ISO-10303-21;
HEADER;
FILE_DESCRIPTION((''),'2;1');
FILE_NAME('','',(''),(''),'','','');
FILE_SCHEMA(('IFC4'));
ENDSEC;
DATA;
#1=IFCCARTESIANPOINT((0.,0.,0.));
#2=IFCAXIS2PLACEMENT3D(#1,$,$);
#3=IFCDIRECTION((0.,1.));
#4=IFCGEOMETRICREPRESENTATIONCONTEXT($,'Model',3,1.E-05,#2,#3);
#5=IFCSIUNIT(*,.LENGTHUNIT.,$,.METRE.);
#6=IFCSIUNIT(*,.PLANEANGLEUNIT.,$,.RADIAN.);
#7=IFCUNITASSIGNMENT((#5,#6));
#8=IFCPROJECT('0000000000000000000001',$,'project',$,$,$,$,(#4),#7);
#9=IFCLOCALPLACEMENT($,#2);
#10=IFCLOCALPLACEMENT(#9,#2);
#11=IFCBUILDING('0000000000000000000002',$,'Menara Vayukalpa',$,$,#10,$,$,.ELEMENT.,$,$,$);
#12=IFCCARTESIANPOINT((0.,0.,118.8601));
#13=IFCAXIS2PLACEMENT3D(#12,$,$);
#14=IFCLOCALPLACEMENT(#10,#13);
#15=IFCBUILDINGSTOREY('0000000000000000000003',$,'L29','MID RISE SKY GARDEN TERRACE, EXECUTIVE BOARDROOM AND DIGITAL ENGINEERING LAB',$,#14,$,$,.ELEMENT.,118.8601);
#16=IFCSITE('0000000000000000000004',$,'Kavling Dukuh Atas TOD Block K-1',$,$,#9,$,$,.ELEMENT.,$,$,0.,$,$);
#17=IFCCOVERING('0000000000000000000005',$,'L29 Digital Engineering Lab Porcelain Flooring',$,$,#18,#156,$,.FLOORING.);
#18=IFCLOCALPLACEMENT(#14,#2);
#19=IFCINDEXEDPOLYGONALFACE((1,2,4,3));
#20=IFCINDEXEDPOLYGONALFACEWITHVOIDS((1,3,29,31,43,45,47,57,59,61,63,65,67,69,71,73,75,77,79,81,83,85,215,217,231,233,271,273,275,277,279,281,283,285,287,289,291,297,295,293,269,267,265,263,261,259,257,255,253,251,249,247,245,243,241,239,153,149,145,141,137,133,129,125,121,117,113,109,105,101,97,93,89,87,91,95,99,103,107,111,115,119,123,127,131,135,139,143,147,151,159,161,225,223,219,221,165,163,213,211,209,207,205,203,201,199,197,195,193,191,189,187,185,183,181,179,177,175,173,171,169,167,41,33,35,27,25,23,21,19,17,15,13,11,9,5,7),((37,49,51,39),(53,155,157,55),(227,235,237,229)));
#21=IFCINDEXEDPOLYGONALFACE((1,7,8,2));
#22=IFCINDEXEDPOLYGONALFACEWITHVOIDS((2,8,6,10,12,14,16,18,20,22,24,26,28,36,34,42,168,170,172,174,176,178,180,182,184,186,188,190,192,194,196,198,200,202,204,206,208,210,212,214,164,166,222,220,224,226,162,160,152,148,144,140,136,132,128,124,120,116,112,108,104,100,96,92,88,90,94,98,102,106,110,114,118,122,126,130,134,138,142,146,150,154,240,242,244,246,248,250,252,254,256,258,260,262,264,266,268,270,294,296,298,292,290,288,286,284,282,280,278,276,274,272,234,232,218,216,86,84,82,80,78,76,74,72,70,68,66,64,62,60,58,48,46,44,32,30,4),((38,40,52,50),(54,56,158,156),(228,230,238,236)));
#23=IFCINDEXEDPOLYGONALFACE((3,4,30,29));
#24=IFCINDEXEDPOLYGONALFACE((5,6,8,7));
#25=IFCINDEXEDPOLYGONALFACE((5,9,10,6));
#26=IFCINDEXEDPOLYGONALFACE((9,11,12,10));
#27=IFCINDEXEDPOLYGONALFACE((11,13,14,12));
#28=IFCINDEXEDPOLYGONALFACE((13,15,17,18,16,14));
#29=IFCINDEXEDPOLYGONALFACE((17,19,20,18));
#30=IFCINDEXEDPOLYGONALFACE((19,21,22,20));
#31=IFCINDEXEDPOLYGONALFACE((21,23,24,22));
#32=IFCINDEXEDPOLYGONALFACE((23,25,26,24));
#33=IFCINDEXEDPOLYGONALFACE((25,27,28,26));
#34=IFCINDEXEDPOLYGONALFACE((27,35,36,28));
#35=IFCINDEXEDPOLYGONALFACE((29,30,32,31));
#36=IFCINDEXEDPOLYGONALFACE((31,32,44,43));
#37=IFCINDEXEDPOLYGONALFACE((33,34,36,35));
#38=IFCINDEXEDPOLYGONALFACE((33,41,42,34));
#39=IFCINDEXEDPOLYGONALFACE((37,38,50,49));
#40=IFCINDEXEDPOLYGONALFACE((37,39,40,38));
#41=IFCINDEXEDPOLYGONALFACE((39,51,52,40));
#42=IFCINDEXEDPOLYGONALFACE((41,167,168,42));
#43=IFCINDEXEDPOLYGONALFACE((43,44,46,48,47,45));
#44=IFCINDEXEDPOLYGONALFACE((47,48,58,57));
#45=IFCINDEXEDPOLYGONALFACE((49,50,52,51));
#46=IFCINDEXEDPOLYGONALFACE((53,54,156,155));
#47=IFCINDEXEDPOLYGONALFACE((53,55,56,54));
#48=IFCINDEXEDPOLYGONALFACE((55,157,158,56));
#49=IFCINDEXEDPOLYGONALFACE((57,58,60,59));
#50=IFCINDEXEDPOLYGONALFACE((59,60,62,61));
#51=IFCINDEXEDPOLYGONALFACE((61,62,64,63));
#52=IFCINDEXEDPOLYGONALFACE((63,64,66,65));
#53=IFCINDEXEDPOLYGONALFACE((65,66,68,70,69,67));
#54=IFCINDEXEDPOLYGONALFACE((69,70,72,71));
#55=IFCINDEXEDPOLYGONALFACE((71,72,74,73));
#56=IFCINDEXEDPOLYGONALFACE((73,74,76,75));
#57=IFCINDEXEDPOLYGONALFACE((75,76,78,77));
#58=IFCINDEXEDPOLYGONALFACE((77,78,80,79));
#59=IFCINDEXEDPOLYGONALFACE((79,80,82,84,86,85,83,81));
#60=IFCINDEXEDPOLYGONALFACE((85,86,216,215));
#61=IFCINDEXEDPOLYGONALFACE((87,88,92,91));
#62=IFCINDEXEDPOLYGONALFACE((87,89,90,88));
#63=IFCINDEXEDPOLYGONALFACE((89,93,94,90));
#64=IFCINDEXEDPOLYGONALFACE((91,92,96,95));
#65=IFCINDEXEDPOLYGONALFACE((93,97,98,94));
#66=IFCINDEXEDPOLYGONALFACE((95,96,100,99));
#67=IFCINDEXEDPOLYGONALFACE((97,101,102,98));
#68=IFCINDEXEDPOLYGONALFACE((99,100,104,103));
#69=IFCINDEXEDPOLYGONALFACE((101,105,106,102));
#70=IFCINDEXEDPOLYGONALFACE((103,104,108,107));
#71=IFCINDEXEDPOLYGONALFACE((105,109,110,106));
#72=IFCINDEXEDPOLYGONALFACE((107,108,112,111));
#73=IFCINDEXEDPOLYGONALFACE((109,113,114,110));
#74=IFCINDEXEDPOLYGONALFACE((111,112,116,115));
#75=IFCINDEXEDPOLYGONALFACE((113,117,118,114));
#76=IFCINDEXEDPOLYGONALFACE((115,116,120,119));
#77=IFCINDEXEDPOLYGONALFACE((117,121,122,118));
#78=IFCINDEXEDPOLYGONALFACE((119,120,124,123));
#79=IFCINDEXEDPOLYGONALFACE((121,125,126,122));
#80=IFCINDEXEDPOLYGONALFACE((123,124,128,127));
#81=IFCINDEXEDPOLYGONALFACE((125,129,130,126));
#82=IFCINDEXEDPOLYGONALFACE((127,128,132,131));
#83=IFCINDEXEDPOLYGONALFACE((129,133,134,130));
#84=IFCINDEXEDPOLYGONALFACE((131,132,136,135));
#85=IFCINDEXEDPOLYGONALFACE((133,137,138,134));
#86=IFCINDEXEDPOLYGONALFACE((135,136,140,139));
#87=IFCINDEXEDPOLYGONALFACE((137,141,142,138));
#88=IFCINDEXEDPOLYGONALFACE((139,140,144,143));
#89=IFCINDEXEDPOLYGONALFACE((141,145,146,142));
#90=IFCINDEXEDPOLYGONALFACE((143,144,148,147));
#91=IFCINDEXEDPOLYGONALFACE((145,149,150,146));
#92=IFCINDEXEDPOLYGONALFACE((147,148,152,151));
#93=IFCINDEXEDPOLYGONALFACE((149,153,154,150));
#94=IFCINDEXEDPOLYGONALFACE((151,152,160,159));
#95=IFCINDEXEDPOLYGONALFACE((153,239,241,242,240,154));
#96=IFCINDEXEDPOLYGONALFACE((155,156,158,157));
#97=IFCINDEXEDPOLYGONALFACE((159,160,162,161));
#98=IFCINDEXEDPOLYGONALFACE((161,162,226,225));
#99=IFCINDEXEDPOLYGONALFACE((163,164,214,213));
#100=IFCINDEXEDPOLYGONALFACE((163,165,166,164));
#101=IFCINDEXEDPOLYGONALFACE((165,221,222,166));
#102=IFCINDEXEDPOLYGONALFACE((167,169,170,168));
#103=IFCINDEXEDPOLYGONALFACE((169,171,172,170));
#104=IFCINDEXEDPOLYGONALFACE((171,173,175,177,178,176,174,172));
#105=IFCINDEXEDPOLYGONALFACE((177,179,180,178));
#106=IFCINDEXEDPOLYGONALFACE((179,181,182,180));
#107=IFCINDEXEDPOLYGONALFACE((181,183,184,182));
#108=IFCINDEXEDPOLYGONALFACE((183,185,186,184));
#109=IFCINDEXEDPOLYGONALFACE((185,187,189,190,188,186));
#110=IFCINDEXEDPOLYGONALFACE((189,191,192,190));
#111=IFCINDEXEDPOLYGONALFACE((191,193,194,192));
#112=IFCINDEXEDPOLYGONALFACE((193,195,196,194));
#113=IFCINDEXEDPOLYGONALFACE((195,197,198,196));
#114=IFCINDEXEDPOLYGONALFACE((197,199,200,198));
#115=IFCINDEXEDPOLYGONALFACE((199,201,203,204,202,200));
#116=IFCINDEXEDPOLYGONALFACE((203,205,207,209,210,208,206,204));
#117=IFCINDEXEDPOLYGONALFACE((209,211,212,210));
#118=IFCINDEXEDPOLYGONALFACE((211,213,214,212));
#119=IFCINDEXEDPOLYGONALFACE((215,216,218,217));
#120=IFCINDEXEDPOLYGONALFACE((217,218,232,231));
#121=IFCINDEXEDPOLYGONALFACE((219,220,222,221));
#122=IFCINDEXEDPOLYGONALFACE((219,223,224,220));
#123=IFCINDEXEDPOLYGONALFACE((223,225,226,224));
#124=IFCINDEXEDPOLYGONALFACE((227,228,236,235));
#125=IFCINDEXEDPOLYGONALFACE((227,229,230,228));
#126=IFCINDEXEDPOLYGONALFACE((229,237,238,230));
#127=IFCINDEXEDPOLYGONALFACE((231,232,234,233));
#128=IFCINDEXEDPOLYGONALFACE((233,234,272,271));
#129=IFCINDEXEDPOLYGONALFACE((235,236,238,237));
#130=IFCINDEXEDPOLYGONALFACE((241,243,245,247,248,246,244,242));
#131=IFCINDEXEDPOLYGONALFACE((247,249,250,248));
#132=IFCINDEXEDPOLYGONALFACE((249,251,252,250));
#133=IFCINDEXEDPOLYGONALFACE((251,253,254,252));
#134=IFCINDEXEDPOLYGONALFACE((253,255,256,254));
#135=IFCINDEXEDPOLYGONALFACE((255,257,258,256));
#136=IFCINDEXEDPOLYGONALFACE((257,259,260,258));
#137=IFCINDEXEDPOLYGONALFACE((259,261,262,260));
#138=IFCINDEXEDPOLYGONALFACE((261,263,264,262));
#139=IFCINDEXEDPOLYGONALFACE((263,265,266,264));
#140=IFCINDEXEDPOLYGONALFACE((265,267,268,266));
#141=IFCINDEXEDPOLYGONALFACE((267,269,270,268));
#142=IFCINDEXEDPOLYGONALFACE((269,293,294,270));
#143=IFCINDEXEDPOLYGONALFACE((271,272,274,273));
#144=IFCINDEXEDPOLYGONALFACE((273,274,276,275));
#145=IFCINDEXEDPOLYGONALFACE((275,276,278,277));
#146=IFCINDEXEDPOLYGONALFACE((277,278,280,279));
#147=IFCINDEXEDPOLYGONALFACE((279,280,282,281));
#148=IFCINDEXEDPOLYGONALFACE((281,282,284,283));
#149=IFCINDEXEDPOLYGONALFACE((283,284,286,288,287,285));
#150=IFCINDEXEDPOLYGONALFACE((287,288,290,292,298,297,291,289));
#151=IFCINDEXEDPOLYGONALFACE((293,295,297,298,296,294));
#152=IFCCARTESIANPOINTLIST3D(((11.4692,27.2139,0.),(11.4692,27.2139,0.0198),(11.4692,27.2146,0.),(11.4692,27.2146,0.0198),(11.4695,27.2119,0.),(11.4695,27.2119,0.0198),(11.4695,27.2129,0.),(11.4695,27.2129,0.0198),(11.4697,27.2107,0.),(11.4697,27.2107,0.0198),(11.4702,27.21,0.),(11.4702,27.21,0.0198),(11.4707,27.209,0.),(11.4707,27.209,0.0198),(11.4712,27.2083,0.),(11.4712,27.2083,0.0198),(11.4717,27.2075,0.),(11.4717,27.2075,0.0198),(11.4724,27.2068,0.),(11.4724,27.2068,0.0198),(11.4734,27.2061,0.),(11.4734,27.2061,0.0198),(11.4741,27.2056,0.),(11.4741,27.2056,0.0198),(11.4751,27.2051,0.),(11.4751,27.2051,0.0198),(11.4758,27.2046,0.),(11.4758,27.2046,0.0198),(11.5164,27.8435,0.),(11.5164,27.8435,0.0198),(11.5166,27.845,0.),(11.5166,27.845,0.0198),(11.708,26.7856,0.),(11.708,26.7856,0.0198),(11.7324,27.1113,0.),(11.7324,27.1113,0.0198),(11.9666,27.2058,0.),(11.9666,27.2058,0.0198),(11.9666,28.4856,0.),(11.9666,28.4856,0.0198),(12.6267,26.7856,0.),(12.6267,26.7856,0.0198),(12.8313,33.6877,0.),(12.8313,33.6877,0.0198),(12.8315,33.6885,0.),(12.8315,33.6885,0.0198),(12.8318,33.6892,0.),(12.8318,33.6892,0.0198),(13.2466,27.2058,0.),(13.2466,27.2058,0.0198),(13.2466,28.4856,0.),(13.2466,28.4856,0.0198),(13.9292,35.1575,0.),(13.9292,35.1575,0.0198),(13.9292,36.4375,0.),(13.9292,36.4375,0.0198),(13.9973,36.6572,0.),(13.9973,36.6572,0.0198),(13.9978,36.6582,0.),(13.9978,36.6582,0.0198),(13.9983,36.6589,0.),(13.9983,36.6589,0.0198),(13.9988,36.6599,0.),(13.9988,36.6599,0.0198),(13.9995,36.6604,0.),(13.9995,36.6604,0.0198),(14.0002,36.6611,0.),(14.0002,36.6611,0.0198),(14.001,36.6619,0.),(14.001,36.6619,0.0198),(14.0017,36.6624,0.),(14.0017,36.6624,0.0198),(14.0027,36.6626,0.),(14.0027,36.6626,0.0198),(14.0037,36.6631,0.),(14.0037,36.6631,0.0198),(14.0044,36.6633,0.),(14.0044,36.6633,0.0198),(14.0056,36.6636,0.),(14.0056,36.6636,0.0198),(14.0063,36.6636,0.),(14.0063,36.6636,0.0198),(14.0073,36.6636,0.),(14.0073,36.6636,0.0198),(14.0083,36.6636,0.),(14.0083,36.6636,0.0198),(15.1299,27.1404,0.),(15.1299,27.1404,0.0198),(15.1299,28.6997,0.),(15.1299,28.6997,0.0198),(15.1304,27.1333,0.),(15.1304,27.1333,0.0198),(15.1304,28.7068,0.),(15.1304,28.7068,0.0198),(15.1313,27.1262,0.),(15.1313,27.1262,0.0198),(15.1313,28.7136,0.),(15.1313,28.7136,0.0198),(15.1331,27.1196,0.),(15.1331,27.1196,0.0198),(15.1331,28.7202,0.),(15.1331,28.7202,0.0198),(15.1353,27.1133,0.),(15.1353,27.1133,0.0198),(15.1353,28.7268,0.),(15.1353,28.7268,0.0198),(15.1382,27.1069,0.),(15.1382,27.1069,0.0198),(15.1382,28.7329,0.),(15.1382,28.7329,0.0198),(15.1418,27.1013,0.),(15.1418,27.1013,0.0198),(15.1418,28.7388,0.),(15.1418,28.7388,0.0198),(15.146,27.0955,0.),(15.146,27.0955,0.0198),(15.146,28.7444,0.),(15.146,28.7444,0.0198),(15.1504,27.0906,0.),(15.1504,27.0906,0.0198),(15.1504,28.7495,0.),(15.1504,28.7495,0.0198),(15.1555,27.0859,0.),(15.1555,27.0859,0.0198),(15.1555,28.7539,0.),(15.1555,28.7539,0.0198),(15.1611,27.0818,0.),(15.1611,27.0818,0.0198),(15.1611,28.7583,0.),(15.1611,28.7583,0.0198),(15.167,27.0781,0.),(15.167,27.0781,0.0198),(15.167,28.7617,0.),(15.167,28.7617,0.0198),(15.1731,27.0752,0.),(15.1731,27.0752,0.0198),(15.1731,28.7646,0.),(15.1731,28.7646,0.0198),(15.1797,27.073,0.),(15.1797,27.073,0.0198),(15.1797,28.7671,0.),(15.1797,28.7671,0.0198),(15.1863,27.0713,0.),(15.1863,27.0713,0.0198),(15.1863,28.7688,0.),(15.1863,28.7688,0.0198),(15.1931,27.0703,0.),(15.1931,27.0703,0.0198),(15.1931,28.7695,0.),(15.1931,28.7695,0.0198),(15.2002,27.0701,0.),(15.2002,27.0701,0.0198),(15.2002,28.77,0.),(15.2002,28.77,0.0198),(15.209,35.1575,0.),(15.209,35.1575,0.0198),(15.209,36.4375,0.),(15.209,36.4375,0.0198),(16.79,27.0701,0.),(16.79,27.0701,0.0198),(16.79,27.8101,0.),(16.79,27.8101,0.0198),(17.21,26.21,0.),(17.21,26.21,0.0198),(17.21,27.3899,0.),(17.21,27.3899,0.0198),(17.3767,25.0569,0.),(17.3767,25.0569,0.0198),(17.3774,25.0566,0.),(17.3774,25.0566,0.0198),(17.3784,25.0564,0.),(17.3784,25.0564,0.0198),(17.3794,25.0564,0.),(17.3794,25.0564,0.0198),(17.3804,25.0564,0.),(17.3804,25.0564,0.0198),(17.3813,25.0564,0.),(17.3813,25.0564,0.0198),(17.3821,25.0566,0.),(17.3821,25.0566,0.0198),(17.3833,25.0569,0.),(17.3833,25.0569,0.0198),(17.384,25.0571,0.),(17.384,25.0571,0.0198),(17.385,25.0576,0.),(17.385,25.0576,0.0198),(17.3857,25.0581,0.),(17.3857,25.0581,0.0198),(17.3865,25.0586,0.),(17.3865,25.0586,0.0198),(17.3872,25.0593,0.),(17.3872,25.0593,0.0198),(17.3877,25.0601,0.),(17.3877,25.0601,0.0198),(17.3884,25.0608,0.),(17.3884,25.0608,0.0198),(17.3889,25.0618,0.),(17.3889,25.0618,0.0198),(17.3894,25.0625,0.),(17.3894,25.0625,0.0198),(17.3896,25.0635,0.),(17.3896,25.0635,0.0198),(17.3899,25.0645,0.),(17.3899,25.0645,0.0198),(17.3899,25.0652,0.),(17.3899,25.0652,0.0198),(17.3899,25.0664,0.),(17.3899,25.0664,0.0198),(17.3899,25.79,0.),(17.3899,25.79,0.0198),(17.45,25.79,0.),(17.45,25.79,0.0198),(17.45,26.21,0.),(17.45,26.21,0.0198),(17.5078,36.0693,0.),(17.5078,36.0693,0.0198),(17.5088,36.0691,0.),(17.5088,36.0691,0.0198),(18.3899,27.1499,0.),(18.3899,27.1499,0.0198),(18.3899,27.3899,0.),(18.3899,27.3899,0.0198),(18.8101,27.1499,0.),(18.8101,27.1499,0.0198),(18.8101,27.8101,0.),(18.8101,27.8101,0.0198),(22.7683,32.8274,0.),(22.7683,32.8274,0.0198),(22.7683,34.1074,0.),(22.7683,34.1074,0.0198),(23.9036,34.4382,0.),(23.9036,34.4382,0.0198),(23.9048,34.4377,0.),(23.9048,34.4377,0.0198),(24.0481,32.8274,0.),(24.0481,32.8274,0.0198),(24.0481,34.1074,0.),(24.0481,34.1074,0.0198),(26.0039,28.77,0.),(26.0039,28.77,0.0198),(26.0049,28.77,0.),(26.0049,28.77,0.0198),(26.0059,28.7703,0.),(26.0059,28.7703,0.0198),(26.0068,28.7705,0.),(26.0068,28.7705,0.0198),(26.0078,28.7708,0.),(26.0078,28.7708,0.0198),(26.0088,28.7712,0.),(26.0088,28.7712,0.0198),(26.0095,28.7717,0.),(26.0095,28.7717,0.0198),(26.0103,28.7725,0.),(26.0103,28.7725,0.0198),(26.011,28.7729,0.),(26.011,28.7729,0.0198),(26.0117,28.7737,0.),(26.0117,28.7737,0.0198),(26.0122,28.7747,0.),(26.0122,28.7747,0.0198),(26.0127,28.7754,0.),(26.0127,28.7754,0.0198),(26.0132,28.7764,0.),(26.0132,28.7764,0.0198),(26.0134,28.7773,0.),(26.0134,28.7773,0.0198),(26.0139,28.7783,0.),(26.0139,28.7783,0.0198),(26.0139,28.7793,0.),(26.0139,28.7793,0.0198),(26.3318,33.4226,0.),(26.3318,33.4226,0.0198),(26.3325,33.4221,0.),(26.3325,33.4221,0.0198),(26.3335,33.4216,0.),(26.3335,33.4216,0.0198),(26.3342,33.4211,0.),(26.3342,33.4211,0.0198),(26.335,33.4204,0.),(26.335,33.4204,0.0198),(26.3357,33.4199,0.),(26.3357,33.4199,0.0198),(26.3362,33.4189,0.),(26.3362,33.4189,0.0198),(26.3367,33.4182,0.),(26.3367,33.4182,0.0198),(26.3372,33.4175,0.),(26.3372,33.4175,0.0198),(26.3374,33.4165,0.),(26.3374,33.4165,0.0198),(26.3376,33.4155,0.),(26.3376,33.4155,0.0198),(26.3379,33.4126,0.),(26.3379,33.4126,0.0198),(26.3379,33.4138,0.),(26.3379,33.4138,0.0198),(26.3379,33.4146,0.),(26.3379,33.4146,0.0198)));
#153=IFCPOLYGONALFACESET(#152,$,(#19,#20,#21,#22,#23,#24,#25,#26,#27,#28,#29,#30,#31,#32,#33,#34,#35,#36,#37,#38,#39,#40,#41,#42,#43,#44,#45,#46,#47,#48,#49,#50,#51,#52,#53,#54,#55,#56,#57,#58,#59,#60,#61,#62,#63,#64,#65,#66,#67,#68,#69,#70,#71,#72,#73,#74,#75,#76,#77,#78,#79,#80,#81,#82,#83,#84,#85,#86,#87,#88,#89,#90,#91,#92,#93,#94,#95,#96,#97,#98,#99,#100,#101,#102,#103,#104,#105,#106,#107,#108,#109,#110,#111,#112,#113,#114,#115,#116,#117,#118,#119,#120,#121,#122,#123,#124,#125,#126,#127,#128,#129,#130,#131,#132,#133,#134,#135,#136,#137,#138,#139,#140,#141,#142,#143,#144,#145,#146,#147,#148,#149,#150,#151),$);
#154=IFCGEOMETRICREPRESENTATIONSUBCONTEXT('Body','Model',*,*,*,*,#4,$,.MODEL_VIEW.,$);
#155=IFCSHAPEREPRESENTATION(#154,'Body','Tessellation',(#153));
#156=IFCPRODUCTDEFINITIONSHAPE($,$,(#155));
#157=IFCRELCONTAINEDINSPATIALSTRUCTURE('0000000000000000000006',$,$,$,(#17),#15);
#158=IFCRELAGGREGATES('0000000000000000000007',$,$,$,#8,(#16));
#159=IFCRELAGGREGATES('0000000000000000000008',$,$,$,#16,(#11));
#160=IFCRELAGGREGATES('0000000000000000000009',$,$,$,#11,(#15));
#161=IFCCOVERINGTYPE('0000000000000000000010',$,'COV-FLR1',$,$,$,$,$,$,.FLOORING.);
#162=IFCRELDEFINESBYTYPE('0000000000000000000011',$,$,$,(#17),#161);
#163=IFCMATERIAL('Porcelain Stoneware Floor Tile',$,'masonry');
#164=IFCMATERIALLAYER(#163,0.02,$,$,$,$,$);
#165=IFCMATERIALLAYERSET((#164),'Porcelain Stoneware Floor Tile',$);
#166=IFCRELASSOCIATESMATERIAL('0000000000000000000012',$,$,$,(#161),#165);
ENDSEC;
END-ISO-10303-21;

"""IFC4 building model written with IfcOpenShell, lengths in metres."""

from ifc_helpers import new_model, si_unit, direction, frame, origin, place, context, subcontext, project, spatial, polyline, outline, extrude, material, layer, layer_set, type_object, element, save


model = new_model("IFC4")

# Units and contexts
model_context = context("Model", 3, precision=1e-05, world=origin(), true_north=direction((0.0, 1.0)))
body_context = subcontext(model_context, "Body", "Model", "MODEL_VIEW")
ifc_project = project(units=[si_unit("LENGTHUNIT", "METRE"), si_unit("PLANEANGLEUNIT", "RADIAN")], contexts=[model_context])

# Site, building, storey
site_placement = place(None, origin())
site = spatial("IfcSite", under=ifc_project, at=site_placement, Name="Kavling Dukuh Atas TOD Block K-1", CompositionType="ELEMENT", RefElevation=0.0)
building_placement = place(site_placement, origin())
building = spatial("IfcBuilding", under=site, at=building_placement, Name="Menara Vayukalpa", CompositionType="ELEMENT")
storey_placement = place(building_placement, frame((0.0, 0.0, 118.8601)))
storey = spatial("IfcBuildingStorey", under=building, at=storey_placement, Name="L29", Description="MID RISE SKY GARDEN TERRACE, EXECUTIVE BOARDROOM AND DIGITAL ENGINEERING LAB", CompositionType="ELEMENT", Elevation=118.8601)

# Covering
ifc_material_1 = material(Name="Porcelain Stoneware Floor Tile", Category="masonry")
ifc_layer_1 = layer(ifc_material_1, 0.02)
ifc_layer_set_1 = layer_set([ifc_layer_1], Name="Porcelain Stoneware Floor Tile")
covering_type_1 = type_object("IfcCoveringType", Name="COV-FLR1", PredefinedType="FLOORING", material=ifc_layer_set_1)
covering_1_placement = place(storey_placement, origin())
element("IfcCovering", 1, at=covering_1_placement, inside=storey, type_object=covering_type_1, Name="L29 Digital Engineering Lab Porcelain Flooring", PredefinedType="FLOORING", context=body_context, shape_type="SweptSolid", body=[
    extrude(outline(polyline([(18.8101, 27.1499), (18.3899, 27.1499), (18.3899, 27.3899), (17.21, 27.3899), (17.21, 26.21), (17.45, 26.21), (17.45, 25.79), (17.3899, 25.79), (17.3899, 25.0664), (17.3899, 25.0652), (17.3899, 25.0645), (17.3896, 25.0635), (17.3894, 25.0625), (17.3889, 25.0618), (17.3884, 25.0608), (17.3877, 25.0601), (17.3872, 25.0593), (17.3865, 25.0586), (17.3857, 25.0581), (17.385, 25.0576), (17.384, 25.0571), (17.3833, 25.0569), (17.3821, 25.0566), (17.3813, 25.0564), (17.3804, 25.0564), (17.3794, 25.0564), (17.3784, 25.0564), (17.3774, 25.0566), (17.3767, 25.0569), (12.6267, 26.7856), (11.708, 26.7856), (11.7324, 27.1113), (11.4758, 27.2046), (11.4751, 27.2051), (11.4741, 27.2056), (11.4734, 27.2061), (11.4724, 27.2068), (11.4717, 27.2075), (11.4712, 27.2083), (11.4707, 27.209), (11.4702, 27.21), (11.4697, 27.2107), (11.4695, 27.2119), (11.4695, 27.2129), (11.4692, 27.2139), (11.4692, 27.2146), (11.5164, 27.8435), (11.5166, 27.845), (12.8313, 33.6877), (12.8315, 33.6885), (12.8318, 33.6892), (13.9973, 36.6572), (13.9978, 36.6582), (13.9983, 36.6589), (13.9988, 36.6599), (13.9995, 36.6604), (14.0002, 36.6611), (14.001, 36.6619), (14.0017, 36.6624), (14.0027, 36.6626), (14.0037, 36.6631), (14.0044, 36.6633), (14.0056, 36.6636), (14.0063, 36.6636), (14.0073, 36.6636), (14.0083, 36.6636), (17.5078, 36.0693), (17.5088, 36.0691), (23.9036, 34.4382), (23.9048, 34.4377), (26.3318, 33.4226), (26.3325, 33.4221), (26.3335, 33.4216), (26.3342, 33.4211), (26.335, 33.4204), (26.3357, 33.4199), (26.3362, 33.4189), (26.3367, 33.4182), (26.3372, 33.4175), (26.3374, 33.4165), (26.3376, 33.4155), (26.3379, 33.4146), (26.3379, 33.4138), (26.3379, 33.4126), (26.0139, 28.7793), (26.0139, 28.7783), (26.0134, 28.7773), (26.0132, 28.7764), (26.0127, 28.7754), (26.0122, 28.7747), (26.0117, 28.7737), (26.011, 28.7729), (26.0103, 28.7725), (26.0095, 28.7717), (26.0088, 28.7712), (26.0078, 28.7708), (26.0068, 28.7705), (26.0059, 28.7703), (26.0049, 28.77), (26.0039, 28.77), (15.2002, 28.77), (15.1931, 28.7695), (15.1863, 28.7688), (15.1797, 28.7671), (15.1731, 28.7646), (15.167, 28.7617), (15.1611, 28.7583), (15.1555, 28.7539), (15.1504, 28.7495), (15.146, 28.7444), (15.1418, 28.7388), (15.1382, 28.7329), (15.1353, 28.7268), (15.1331, 28.7202), (15.1313, 28.7136), (15.1304, 28.7068), (15.1299, 28.6997), (15.1299, 27.1404), (15.1304, 27.1333), (15.1313, 27.1262), (15.1331, 27.1196), (15.1353, 27.1133), (15.1382, 27.1069), (15.1418, 27.1013), (15.146, 27.0955), (15.1504, 27.0906), (15.1555, 27.0859), (15.1611, 27.0818), (15.167, 27.0781), (15.1731, 27.0752), (15.1797, 27.073), (15.1863, 27.0713), (15.1931, 27.0703), (15.2002, 27.0701), (16.79, 27.0701), (16.79, 27.8101), (18.8101, 27.8101), (18.8101, 27.1499)]), holes=[polyline([(13.2466, 28.4856), (11.9666, 28.4856), (11.9666, 27.2058), (13.2466, 27.2058), (13.2466, 28.4856)]), polyline([(15.209, 36.4375), (13.9292, 36.4375), (13.9292, 35.1575), (15.209, 35.1575), (15.209, 36.4375)]), polyline([(24.0481, 32.8274), (24.0481, 34.1074), (22.7683, 34.1074), (22.7683, 32.8274), (24.0481, 32.8274)])]), origin(), (0.0, 0.0, 1.0), 0.0198),
])

save(model, "model.ifc")
